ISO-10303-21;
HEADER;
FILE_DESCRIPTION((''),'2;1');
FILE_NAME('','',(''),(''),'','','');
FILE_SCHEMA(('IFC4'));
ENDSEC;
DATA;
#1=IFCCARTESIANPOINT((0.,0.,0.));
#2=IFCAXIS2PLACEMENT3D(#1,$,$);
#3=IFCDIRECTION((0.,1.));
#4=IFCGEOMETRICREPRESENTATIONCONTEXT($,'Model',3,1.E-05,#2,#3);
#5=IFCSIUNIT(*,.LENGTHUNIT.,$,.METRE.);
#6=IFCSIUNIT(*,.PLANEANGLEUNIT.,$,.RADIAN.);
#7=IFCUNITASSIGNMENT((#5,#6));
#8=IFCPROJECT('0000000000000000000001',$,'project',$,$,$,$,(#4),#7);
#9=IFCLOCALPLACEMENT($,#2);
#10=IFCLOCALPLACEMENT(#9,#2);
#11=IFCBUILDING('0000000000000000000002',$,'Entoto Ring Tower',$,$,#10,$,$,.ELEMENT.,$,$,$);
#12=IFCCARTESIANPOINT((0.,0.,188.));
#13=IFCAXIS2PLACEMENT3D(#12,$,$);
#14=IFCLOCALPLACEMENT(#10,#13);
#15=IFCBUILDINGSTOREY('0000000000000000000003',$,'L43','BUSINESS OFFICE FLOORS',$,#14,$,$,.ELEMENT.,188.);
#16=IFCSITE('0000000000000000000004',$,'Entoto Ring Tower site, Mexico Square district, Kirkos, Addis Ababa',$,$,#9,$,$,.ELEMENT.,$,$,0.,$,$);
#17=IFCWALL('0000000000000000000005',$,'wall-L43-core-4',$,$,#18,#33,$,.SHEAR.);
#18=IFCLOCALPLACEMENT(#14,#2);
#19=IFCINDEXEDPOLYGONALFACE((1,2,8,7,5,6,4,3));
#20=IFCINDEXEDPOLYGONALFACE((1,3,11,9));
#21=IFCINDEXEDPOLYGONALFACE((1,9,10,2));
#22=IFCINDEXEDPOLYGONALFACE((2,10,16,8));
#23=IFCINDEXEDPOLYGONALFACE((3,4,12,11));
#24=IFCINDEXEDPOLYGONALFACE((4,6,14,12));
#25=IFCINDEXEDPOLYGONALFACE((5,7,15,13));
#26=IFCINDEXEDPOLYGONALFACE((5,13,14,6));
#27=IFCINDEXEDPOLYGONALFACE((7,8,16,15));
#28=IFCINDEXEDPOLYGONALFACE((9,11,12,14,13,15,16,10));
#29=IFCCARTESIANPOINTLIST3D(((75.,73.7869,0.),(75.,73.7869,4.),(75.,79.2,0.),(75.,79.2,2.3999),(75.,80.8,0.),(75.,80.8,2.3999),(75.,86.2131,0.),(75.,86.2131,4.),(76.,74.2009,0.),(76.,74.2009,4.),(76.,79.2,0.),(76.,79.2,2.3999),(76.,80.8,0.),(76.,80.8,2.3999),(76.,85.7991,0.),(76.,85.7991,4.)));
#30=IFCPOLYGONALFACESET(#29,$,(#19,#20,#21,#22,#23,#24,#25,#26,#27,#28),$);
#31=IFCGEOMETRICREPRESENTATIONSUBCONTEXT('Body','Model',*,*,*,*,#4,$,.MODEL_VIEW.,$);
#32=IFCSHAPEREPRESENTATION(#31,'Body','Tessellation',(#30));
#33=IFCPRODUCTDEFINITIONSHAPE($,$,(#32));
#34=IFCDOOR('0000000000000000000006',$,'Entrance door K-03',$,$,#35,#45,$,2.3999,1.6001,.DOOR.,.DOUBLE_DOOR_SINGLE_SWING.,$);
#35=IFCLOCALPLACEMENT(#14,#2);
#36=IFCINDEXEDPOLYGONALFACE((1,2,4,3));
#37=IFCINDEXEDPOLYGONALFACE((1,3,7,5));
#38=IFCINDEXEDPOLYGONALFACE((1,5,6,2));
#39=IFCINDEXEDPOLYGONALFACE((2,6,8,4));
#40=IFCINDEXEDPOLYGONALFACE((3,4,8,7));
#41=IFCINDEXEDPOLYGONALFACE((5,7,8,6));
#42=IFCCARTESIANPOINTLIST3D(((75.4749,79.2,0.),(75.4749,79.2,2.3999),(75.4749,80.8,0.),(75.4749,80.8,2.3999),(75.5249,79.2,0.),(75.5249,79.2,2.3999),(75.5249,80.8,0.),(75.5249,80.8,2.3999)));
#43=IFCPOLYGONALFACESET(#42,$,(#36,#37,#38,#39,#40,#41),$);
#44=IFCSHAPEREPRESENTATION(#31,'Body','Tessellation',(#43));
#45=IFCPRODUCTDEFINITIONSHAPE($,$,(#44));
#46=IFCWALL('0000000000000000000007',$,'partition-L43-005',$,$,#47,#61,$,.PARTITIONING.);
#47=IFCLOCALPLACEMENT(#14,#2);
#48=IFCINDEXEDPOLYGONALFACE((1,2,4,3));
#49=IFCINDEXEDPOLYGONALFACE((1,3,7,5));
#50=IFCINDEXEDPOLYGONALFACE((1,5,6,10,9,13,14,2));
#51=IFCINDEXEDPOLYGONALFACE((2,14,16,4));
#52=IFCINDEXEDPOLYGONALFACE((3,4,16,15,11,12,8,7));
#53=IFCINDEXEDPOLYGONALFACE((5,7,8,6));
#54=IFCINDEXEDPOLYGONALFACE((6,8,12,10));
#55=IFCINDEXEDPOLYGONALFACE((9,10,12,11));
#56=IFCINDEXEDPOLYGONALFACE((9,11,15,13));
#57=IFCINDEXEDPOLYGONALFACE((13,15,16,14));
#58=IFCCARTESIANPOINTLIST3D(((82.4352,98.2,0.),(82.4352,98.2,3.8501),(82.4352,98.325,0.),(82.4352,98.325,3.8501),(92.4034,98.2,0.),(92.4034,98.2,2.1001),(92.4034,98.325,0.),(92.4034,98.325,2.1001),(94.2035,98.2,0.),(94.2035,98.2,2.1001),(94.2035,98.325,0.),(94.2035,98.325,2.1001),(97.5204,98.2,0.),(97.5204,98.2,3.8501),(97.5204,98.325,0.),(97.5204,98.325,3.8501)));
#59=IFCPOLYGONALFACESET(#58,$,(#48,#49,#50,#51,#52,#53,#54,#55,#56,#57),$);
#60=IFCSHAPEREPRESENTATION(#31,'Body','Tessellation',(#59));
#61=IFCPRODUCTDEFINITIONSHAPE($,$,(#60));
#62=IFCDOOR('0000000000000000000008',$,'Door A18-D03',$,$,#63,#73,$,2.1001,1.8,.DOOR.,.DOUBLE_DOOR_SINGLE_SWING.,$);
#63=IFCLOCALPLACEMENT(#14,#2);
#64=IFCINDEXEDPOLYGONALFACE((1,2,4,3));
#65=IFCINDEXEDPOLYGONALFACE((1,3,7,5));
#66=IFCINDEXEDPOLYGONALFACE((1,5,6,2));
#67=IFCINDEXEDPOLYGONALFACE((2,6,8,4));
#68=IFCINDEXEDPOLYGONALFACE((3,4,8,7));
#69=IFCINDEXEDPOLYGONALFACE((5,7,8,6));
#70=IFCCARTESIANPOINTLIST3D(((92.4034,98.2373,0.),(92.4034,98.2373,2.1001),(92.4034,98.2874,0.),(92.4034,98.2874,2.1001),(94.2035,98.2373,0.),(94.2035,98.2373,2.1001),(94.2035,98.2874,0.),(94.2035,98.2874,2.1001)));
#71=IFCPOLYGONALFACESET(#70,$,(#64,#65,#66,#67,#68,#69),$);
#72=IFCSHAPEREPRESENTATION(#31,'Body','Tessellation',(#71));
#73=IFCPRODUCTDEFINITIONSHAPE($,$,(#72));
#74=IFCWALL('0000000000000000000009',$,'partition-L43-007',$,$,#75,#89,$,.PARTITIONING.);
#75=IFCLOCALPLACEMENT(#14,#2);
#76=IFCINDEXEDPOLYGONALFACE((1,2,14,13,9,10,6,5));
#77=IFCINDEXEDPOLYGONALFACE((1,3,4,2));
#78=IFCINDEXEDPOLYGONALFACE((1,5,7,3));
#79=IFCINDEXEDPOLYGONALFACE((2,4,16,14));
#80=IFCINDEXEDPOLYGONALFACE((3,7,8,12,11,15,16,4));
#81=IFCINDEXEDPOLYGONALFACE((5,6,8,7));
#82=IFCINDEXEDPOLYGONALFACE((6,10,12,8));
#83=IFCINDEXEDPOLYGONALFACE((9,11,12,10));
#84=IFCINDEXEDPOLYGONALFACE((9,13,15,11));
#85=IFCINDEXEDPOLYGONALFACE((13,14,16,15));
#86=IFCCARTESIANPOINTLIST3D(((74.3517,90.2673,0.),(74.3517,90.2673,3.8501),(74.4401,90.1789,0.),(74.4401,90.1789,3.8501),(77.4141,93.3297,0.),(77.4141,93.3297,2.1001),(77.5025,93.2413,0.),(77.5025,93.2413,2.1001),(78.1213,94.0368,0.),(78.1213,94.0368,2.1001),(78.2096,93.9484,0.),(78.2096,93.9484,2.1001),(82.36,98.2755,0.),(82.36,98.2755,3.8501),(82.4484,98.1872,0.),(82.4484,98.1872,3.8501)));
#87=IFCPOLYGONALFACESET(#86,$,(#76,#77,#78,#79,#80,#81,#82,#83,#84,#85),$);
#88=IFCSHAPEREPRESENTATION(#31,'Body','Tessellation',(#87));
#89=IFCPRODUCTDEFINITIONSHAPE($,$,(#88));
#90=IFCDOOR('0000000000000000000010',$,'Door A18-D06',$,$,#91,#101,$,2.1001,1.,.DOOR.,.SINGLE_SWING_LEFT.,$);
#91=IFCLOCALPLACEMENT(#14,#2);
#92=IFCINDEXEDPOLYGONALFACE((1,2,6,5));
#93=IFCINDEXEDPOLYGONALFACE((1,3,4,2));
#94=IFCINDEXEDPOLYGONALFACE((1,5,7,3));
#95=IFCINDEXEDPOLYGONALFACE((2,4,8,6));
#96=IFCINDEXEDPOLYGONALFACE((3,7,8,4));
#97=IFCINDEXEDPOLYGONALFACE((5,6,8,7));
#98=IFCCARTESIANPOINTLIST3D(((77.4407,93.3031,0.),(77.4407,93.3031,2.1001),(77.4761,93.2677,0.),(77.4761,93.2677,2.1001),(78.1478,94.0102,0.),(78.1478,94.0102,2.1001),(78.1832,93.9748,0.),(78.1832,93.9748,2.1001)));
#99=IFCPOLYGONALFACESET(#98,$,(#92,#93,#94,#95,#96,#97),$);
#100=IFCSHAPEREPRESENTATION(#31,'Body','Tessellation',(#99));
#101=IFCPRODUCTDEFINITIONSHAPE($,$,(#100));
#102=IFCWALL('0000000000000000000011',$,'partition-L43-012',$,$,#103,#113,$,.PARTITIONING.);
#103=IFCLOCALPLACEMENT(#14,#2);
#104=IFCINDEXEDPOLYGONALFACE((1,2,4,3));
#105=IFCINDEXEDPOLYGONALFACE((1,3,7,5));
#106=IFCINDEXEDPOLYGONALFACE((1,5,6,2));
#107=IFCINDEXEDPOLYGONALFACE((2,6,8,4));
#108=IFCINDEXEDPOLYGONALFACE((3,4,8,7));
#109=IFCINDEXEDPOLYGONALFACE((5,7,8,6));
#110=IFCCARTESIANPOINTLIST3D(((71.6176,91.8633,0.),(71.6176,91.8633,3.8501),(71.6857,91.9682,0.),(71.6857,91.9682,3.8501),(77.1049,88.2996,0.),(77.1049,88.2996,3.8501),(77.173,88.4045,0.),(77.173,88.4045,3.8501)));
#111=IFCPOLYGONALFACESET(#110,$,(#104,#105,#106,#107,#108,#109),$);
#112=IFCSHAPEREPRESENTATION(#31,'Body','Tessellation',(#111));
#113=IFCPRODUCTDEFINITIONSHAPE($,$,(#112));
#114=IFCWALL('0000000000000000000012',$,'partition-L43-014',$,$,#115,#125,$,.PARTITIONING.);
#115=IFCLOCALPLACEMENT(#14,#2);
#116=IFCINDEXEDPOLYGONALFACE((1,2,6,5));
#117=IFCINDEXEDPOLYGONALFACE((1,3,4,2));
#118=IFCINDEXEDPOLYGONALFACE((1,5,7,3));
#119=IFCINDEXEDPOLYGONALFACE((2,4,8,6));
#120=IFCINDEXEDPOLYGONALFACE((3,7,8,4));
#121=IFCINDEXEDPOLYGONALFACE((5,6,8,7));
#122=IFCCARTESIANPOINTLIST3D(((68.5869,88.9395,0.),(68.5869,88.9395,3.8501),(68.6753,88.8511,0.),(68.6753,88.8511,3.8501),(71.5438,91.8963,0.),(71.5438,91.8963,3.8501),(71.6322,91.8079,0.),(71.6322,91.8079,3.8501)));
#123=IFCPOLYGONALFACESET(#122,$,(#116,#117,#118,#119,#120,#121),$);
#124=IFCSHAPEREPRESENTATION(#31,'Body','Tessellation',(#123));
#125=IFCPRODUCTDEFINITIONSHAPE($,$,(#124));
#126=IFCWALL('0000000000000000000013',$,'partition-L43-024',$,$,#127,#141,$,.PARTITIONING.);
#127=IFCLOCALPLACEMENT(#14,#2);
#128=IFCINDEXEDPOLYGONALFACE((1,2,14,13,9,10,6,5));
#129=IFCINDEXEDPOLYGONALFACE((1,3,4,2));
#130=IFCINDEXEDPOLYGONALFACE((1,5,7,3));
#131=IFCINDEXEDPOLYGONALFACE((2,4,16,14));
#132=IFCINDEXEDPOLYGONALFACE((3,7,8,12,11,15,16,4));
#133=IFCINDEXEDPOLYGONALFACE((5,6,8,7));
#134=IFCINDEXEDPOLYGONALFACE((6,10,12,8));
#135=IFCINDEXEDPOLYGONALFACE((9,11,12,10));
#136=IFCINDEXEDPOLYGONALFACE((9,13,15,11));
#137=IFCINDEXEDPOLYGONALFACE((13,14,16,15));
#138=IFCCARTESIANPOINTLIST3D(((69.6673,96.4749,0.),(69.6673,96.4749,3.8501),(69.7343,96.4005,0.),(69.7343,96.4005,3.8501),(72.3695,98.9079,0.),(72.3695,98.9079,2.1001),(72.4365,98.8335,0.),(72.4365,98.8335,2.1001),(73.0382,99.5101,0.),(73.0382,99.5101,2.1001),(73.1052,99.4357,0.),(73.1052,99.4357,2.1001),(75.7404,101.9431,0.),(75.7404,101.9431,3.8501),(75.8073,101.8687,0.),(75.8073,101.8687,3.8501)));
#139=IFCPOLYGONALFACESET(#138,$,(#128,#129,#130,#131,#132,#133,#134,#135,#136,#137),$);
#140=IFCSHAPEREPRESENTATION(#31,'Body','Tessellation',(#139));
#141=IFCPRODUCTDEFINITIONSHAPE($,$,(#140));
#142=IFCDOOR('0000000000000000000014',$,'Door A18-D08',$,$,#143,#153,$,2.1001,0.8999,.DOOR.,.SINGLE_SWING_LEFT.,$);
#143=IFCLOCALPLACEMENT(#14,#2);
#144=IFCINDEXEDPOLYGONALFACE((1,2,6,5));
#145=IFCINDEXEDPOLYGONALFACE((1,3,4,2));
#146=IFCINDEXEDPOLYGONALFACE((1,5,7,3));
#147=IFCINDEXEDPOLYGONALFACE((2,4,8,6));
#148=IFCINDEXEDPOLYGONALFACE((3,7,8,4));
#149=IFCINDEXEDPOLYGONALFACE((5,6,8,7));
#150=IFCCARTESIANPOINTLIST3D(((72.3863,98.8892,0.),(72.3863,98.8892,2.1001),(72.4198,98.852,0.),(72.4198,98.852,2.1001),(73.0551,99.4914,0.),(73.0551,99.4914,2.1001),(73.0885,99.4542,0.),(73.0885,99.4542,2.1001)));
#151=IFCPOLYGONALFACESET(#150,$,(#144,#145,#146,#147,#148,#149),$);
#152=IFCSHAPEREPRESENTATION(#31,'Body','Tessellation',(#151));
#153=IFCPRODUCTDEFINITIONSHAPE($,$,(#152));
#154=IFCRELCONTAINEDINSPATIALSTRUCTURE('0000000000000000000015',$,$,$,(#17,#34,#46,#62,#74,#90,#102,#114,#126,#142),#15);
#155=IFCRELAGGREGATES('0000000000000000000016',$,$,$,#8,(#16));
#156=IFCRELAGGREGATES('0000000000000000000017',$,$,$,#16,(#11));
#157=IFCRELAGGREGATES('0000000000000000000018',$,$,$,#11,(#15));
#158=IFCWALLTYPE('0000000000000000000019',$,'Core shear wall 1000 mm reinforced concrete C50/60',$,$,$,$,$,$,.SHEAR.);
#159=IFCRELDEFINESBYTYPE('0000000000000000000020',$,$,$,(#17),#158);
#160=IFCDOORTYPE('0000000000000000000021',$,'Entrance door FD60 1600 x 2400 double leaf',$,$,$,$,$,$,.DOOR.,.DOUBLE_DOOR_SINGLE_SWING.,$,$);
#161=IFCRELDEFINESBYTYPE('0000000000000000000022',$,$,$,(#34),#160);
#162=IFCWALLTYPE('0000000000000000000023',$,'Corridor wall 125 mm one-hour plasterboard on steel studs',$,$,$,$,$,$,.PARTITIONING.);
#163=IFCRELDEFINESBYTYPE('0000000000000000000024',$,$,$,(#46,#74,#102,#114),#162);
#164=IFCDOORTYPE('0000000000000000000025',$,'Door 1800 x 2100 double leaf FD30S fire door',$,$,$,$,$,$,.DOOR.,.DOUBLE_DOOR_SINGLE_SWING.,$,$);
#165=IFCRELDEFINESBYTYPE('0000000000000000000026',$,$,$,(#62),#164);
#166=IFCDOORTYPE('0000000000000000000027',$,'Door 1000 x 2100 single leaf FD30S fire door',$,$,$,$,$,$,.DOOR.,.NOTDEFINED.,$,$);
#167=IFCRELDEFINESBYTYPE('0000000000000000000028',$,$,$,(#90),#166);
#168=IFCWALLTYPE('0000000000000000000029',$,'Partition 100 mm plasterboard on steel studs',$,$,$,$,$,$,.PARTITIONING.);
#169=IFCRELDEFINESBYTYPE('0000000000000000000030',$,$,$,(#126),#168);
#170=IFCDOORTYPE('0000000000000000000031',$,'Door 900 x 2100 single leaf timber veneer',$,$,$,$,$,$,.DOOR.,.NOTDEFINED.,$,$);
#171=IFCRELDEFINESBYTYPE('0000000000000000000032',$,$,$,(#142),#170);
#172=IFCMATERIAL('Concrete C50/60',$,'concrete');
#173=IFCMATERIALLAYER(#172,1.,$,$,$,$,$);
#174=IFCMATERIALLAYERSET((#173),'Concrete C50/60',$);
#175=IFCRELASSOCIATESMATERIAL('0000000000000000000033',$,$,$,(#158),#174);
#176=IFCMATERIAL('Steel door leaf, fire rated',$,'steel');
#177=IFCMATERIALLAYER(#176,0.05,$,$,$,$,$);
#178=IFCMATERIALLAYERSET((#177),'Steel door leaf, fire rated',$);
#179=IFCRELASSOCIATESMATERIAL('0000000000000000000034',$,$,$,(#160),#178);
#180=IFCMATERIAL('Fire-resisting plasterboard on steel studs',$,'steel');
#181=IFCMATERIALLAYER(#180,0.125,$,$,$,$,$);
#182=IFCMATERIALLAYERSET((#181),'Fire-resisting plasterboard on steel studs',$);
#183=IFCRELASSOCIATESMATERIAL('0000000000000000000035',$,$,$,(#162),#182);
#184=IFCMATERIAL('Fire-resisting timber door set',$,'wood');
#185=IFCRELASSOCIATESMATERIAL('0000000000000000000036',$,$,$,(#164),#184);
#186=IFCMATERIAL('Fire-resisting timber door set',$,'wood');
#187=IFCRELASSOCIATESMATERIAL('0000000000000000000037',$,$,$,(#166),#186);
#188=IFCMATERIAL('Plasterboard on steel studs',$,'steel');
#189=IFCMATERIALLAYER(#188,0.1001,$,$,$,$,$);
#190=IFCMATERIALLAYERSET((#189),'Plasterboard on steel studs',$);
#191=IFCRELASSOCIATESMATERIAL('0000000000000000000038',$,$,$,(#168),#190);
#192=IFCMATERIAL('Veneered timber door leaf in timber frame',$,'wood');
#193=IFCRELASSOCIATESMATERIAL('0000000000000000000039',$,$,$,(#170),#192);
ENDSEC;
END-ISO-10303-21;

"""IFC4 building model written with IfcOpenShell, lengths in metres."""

from ifc_helpers import new_model, si_unit, direction, frame, frame_2d, origin, place, context, subcontext, project, spatial, polyline, rectangle, outline, extrude, material, layer, layer_set, type_object, element, fill, save


model = new_model("IFC4")

# Units and contexts
model_context = context("Model", 3, precision=1e-05, world=origin(), true_north=direction((0.0, 1.0)))
body_context = subcontext(model_context, "Body", "Model", "MODEL_VIEW")
ifc_project = project(units=[si_unit("LENGTHUNIT", "METRE"), si_unit("PLANEANGLEUNIT", "RADIAN")], contexts=[model_context])

# Site, building, storey
site_placement = place(None, origin())
site = spatial("IfcSite", under=ifc_project, at=site_placement, Name="Entoto Ring Tower site, Mexico Square district, Kirkos, Addis Ababa", CompositionType="ELEMENT", RefElevation=0.0)
building_placement = place(site_placement, origin())
building = spatial("IfcBuilding", under=site, at=building_placement, Name="Entoto Ring Tower", CompositionType="ELEMENT")
storey_placement = place(building_placement, frame((0.0, 0.0, 188.0)))
storey = spatial("IfcBuildingStorey", under=building, at=storey_placement, Name="L43", Description="BUSINESS OFFICE FLOORS", CompositionType="ELEMENT", Elevation=188.0)

# Shared definitions
ifc_material_1 = material(Name="Concrete C50/60", Category="concrete")
ifc_layer_1 = layer(ifc_material_1, 1.0)
ifc_layer_set_1 = layer_set([ifc_layer_1], Name="Concrete C50/60")
wall_type_1 = type_object("IfcWallType", Name="Core shear wall 1000 mm reinforced concrete C50/60", PredefinedType="SHEAR", material=ifc_layer_set_1)

# Walls, openings, doors
wall_1_placement = place(storey_placement, frame((75.5, 86.0061, 0.0), z_axis=(0.0, 0.0, 1.0), x_axis=(0.0, -1.0, 0.0)))
wall_1 = element("IfcWall", 1, at=wall_1_placement, inside=storey, type_object=wall_type_1, Name="wall-L43-core-4", PredefinedType="SHEAR", context=body_context, shape_type="SweptSolid", body=[
    extrude(outline(polyline([(-0.207, -0.5), (12.2192, -0.5), (11.8052, 0.5), (0.207, 0.5), (-0.207, -0.5)])), origin(), (0.0, 0.0, 1.0), 4.0),
])
opening_1_placement = place(wall_1_placement, frame((5.2061, 0.0, 0.0)))
opening_1 = element("IfcOpeningElement", 2, at=opening_1_placement, cuts=wall_1, PredefinedType="OPENING", context=body_context, shape_type="SweptSolid", body=[
    extrude(rectangle(XDim=1.6001, YDim=2.3999, at=frame_2d((0.8, 1.2))), frame((0.0, 0.51, 0.0), z_axis=(0.0, -1.0, 0.0), x_axis=(1.0, 0.0, 0.0)), (0.0, 0.0, 1.0), 1.02),
])
ifc_material_2 = material(Name="Steel door leaf, fire rated", Category="steel")
ifc_layer_2 = layer(ifc_material_2, 0.05)
ifc_layer_set_2 = layer_set([ifc_layer_2], Name="Steel door leaf, fire rated")
door_type_1 = type_object("IfcDoorType", Name="Entrance door FD60 1600 x 2400 double leaf", OperationType="DOUBLE_DOOR_SINGLE_SWING", PredefinedType="DOOR", material=ifc_layer_set_2)
door_1_placement = place(opening_1_placement, origin())
door_1 = element("IfcDoor", 3, at=door_1_placement, inside=storey, type_object=door_type_1, Name="Entrance door K-03", OperationType="DOUBLE_DOOR_SINGLE_SWING", OverallHeight=2.3999, OverallWidth=1.6001, PredefinedType="DOOR", context=body_context, shape_type="SweptSolid", body=[
    extrude(rectangle(XDim=1.6001, YDim=2.3999, at=frame_2d((0.8, 1.2))), frame((0.0, 0.0249, 0.0), z_axis=(0.0, -1.0, 0.0), x_axis=(1.0, 0.0, 0.0)), (0.0, 0.0, 1.0), 0.05),
])
fill(opening_1, door_1)
ifc_material_3 = material(Name="Fire-resisting plasterboard on steel studs", Category="steel")
ifc_layer_3 = layer(ifc_material_3, 0.125)
ifc_layer_set_3 = layer_set([ifc_layer_3], Name="Fire-resisting plasterboard on steel studs")
wall_type_2 = type_object("IfcWallType", Name="Corridor wall 125 mm one-hour plasterboard on steel studs", PredefinedType="PARTITIONING", material=ifc_layer_set_3)
wall_2_placement = place(storey_placement, frame((82.4353, 98.2625, 0.0), z_axis=(0.0, 0.0, 1.0), x_axis=(1.0, 0.0, 0.0)))
wall_2 = element("IfcWall", 4, at=wall_2_placement, inside=storey, type_object=wall_type_2, Name="partition-L43-005", PredefinedType="PARTITIONING", context=body_context, shape_type="SweptSolid", body=[
    extrude(rectangle(XDim=15.0852, YDim=0.125, at=frame_2d((7.5425, 0.0))), origin(), (0.0, 0.0, 1.0), 3.8501),
])
opening_2_placement = place(wall_2_placement, frame((9.9683, 0.0, 0.0)))
opening_2 = element("IfcOpeningElement", 5, at=opening_2_placement, cuts=wall_2, PredefinedType="OPENING", context=body_context, shape_type="SweptSolid", body=[
    extrude(rectangle(XDim=1.8, YDim=2.1001, at=frame_2d((0.8999, 1.05))), frame((0.0, 0.0725, 0.0), z_axis=(0.0, -1.0, 0.0), x_axis=(1.0, 0.0, 0.0)), (0.0, 0.0, 1.0), 0.145),
])
ifc_material_4 = material(Name="Fire-resisting timber door set", Category="wood")
door_type_2 = type_object("IfcDoorType", Name="Door 1800 x 2100 double leaf FD30S fire door", OperationType="DOUBLE_DOOR_SINGLE_SWING", PredefinedType="DOOR", material=ifc_material_4)
door_2_placement = place(opening_2_placement, origin())
door_2 = element("IfcDoor", 6, at=door_2_placement, inside=storey, type_object=door_type_2, Name="Door A18-D03", OperationType="DOUBLE_DOOR_SINGLE_SWING", OverallHeight=2.1001, OverallWidth=1.8, PredefinedType="DOOR", context=body_context, shape_type="SweptSolid", body=[
    extrude(rectangle(XDim=1.8, YDim=2.1001, at=frame_2d((0.8999, 1.05))), frame((0.0, 0.0249, 0.0), z_axis=(0.0, -1.0, 0.0), x_axis=(1.0, 0.0, 0.0)), (0.0, 0.0, 1.0), 0.05),
])
fill(opening_2, door_2)
wall_3_placement = place(storey_placement, frame((74.396, 90.2231, 0.0), z_axis=(0.0, 0.0, 1.0), x_axis=(0.707107, 0.707107, 0.0)))
wall_3 = element("IfcWall", 7, at=wall_3_placement, inside=storey, type_object=wall_type_2, Name="partition-L43-007", PredefinedType="PARTITIONING", context=body_context, shape_type="SweptSolid", body=[
    extrude(rectangle(XDim=11.3254, YDim=0.125, at=frame_2d((5.6626, 0.0))), origin(), (0.0, 0.0, 1.0), 3.8501),
])
opening_3_placement = place(wall_3_placement, frame((4.3308, 0.0, 0.0)))
opening_3 = element("IfcOpeningElement", 8, at=opening_3_placement, cuts=wall_3, PredefinedType="OPENING", context=body_context, shape_type="SweptSolid", body=[
    extrude(rectangle(XDim=1.0, YDim=2.1001, at=frame_2d((0.5, 1.05))), frame((0.0, 0.0725, 0.0), z_axis=(0.0, -1.0, 0.0), x_axis=(1.0, 0.0, 0.0)), (0.0, 0.0, 1.0), 0.145),
])
ifc_material_5 = material(Name="Fire-resisting timber door set", Category="wood")
door_type_3 = type_object("IfcDoorType", Name="Door 1000 x 2100 single leaf FD30S fire door", OperationType="NOTDEFINED", PredefinedType="DOOR", material=ifc_material_5)
door_3_placement = place(opening_3_placement, origin())
door_3 = element("IfcDoor", 9, at=door_3_placement, inside=storey, type_object=door_type_3, Name="Door A18-D06", OperationType="SINGLE_SWING_LEFT", OverallHeight=2.1001, OverallWidth=1.0, PredefinedType="DOOR", context=body_context, shape_type="SweptSolid", body=[
    extrude(rectangle(XDim=1.0, YDim=2.1001, at=frame_2d((0.5, 1.05))), frame((0.0, 0.0249, 0.0), z_axis=(0.0, -1.0, 0.0), x_axis=(1.0, 0.0, 0.0)), (0.0, 0.0, 1.0), 0.05),
])
fill(opening_3, door_3)

# Walls
wall_4_placement = place(storey_placement, frame((77.1389, 88.3521, 0.0), z_axis=(0.0, 0.0, 1.0), x_axis=(-0.838655, 0.544663, 0.0)))
element("IfcWall", 10, at=wall_4_placement, inside=storey, type_object=wall_type_2, Name="partition-L43-012", PredefinedType="PARTITIONING", context=body_context, shape_type="SweptSolid", body=[
    extrude(rectangle(XDim=6.543, YDim=0.125, at=frame_2d((3.2715, 0.0))), origin(), (0.0, 0.0, 1.0), 3.8501),
])
wall_5_placement = place(storey_placement, frame((68.6311, 88.8953, 0.0), z_axis=(0.0, 0.0, 1.0), x_axis=(0.707107, 0.707107, 0.0)))
element("IfcWall", 11, at=wall_5_placement, inside=storey, type_object=wall_type_2, Name="partition-L43-014", PredefinedType="PARTITIONING", context=body_context, shape_type="SweptSolid", body=[
    extrude(rectangle(XDim=4.1816, YDim=0.125, at=frame_2d((2.0908, 0.0))), origin(), (0.0, 0.0, 1.0), 3.8501),
])

# Wall, opening, door
ifc_material_6 = material(Name="Plasterboard on steel studs", Category="steel")
ifc_layer_4 = layer(ifc_material_6, 0.1001)
ifc_layer_set_4 = layer_set([ifc_layer_4], Name="Plasterboard on steel studs")
wall_type_3 = type_object("IfcWallType", Name="Partition 100 mm plasterboard on steel studs", PredefinedType="PARTITIONING", material=ifc_layer_set_4)
wall_6_placement = place(storey_placement, frame((69.7009, 96.4377, 0.0), z_axis=(0.0, 0.0, 1.0), x_axis=(0.743138, 0.669138, 0.0)))
wall_6 = element("IfcWall", 12, at=wall_6_placement, inside=storey, type_object=wall_type_3, Name="partition-L43-024", PredefinedType="PARTITIONING", context=body_context, shape_type="SweptSolid", body=[
    extrude(rectangle(XDim=8.1721, YDim=0.1001, at=frame_2d((4.0859, 0.0))), origin(), (0.0, 0.0, 1.0), 3.8501),
])
opening_4_placement = place(wall_6_placement, frame((3.636, 0.0, 0.0)))
opening_4 = element("IfcOpeningElement", 13, at=opening_4_placement, cuts=wall_6, PredefinedType="OPENING", context=body_context, shape_type="SweptSolid", body=[
    extrude(rectangle(XDim=0.8999, YDim=2.1001, at=frame_2d((0.45, 1.05))), frame((0.0, 0.0601, 0.0), z_axis=(0.0, -1.0, 0.0), x_axis=(1.0, 0.0, 0.0)), (0.0, 0.0, 1.0), 0.1201),
])
ifc_material_7 = material(Name="Veneered timber door leaf in timber frame", Category="wood")
door_type_4 = type_object("IfcDoorType", Name="Door 900 x 2100 single leaf timber veneer", OperationType="NOTDEFINED", PredefinedType="DOOR", material=ifc_material_7)
door_4_placement = place(opening_4_placement, origin())
door_4 = element("IfcDoor", 14, at=door_4_placement, inside=storey, type_object=door_type_4, Name="Door A18-D08", OperationType="SINGLE_SWING_LEFT", OverallHeight=2.1001, OverallWidth=0.8999, PredefinedType="DOOR", context=body_context, shape_type="SweptSolid", body=[
    extrude(rectangle(XDim=0.8999, YDim=2.1001, at=frame_2d((0.45, 1.05))), frame((0.0, 0.0249, 0.0), z_axis=(0.0, -1.0, 0.0), x_axis=(1.0, 0.0, 0.0)), (0.0, 0.0, 1.0), 0.05),
])
fill(opening_4, door_4)

save(model, "model.ifc")
